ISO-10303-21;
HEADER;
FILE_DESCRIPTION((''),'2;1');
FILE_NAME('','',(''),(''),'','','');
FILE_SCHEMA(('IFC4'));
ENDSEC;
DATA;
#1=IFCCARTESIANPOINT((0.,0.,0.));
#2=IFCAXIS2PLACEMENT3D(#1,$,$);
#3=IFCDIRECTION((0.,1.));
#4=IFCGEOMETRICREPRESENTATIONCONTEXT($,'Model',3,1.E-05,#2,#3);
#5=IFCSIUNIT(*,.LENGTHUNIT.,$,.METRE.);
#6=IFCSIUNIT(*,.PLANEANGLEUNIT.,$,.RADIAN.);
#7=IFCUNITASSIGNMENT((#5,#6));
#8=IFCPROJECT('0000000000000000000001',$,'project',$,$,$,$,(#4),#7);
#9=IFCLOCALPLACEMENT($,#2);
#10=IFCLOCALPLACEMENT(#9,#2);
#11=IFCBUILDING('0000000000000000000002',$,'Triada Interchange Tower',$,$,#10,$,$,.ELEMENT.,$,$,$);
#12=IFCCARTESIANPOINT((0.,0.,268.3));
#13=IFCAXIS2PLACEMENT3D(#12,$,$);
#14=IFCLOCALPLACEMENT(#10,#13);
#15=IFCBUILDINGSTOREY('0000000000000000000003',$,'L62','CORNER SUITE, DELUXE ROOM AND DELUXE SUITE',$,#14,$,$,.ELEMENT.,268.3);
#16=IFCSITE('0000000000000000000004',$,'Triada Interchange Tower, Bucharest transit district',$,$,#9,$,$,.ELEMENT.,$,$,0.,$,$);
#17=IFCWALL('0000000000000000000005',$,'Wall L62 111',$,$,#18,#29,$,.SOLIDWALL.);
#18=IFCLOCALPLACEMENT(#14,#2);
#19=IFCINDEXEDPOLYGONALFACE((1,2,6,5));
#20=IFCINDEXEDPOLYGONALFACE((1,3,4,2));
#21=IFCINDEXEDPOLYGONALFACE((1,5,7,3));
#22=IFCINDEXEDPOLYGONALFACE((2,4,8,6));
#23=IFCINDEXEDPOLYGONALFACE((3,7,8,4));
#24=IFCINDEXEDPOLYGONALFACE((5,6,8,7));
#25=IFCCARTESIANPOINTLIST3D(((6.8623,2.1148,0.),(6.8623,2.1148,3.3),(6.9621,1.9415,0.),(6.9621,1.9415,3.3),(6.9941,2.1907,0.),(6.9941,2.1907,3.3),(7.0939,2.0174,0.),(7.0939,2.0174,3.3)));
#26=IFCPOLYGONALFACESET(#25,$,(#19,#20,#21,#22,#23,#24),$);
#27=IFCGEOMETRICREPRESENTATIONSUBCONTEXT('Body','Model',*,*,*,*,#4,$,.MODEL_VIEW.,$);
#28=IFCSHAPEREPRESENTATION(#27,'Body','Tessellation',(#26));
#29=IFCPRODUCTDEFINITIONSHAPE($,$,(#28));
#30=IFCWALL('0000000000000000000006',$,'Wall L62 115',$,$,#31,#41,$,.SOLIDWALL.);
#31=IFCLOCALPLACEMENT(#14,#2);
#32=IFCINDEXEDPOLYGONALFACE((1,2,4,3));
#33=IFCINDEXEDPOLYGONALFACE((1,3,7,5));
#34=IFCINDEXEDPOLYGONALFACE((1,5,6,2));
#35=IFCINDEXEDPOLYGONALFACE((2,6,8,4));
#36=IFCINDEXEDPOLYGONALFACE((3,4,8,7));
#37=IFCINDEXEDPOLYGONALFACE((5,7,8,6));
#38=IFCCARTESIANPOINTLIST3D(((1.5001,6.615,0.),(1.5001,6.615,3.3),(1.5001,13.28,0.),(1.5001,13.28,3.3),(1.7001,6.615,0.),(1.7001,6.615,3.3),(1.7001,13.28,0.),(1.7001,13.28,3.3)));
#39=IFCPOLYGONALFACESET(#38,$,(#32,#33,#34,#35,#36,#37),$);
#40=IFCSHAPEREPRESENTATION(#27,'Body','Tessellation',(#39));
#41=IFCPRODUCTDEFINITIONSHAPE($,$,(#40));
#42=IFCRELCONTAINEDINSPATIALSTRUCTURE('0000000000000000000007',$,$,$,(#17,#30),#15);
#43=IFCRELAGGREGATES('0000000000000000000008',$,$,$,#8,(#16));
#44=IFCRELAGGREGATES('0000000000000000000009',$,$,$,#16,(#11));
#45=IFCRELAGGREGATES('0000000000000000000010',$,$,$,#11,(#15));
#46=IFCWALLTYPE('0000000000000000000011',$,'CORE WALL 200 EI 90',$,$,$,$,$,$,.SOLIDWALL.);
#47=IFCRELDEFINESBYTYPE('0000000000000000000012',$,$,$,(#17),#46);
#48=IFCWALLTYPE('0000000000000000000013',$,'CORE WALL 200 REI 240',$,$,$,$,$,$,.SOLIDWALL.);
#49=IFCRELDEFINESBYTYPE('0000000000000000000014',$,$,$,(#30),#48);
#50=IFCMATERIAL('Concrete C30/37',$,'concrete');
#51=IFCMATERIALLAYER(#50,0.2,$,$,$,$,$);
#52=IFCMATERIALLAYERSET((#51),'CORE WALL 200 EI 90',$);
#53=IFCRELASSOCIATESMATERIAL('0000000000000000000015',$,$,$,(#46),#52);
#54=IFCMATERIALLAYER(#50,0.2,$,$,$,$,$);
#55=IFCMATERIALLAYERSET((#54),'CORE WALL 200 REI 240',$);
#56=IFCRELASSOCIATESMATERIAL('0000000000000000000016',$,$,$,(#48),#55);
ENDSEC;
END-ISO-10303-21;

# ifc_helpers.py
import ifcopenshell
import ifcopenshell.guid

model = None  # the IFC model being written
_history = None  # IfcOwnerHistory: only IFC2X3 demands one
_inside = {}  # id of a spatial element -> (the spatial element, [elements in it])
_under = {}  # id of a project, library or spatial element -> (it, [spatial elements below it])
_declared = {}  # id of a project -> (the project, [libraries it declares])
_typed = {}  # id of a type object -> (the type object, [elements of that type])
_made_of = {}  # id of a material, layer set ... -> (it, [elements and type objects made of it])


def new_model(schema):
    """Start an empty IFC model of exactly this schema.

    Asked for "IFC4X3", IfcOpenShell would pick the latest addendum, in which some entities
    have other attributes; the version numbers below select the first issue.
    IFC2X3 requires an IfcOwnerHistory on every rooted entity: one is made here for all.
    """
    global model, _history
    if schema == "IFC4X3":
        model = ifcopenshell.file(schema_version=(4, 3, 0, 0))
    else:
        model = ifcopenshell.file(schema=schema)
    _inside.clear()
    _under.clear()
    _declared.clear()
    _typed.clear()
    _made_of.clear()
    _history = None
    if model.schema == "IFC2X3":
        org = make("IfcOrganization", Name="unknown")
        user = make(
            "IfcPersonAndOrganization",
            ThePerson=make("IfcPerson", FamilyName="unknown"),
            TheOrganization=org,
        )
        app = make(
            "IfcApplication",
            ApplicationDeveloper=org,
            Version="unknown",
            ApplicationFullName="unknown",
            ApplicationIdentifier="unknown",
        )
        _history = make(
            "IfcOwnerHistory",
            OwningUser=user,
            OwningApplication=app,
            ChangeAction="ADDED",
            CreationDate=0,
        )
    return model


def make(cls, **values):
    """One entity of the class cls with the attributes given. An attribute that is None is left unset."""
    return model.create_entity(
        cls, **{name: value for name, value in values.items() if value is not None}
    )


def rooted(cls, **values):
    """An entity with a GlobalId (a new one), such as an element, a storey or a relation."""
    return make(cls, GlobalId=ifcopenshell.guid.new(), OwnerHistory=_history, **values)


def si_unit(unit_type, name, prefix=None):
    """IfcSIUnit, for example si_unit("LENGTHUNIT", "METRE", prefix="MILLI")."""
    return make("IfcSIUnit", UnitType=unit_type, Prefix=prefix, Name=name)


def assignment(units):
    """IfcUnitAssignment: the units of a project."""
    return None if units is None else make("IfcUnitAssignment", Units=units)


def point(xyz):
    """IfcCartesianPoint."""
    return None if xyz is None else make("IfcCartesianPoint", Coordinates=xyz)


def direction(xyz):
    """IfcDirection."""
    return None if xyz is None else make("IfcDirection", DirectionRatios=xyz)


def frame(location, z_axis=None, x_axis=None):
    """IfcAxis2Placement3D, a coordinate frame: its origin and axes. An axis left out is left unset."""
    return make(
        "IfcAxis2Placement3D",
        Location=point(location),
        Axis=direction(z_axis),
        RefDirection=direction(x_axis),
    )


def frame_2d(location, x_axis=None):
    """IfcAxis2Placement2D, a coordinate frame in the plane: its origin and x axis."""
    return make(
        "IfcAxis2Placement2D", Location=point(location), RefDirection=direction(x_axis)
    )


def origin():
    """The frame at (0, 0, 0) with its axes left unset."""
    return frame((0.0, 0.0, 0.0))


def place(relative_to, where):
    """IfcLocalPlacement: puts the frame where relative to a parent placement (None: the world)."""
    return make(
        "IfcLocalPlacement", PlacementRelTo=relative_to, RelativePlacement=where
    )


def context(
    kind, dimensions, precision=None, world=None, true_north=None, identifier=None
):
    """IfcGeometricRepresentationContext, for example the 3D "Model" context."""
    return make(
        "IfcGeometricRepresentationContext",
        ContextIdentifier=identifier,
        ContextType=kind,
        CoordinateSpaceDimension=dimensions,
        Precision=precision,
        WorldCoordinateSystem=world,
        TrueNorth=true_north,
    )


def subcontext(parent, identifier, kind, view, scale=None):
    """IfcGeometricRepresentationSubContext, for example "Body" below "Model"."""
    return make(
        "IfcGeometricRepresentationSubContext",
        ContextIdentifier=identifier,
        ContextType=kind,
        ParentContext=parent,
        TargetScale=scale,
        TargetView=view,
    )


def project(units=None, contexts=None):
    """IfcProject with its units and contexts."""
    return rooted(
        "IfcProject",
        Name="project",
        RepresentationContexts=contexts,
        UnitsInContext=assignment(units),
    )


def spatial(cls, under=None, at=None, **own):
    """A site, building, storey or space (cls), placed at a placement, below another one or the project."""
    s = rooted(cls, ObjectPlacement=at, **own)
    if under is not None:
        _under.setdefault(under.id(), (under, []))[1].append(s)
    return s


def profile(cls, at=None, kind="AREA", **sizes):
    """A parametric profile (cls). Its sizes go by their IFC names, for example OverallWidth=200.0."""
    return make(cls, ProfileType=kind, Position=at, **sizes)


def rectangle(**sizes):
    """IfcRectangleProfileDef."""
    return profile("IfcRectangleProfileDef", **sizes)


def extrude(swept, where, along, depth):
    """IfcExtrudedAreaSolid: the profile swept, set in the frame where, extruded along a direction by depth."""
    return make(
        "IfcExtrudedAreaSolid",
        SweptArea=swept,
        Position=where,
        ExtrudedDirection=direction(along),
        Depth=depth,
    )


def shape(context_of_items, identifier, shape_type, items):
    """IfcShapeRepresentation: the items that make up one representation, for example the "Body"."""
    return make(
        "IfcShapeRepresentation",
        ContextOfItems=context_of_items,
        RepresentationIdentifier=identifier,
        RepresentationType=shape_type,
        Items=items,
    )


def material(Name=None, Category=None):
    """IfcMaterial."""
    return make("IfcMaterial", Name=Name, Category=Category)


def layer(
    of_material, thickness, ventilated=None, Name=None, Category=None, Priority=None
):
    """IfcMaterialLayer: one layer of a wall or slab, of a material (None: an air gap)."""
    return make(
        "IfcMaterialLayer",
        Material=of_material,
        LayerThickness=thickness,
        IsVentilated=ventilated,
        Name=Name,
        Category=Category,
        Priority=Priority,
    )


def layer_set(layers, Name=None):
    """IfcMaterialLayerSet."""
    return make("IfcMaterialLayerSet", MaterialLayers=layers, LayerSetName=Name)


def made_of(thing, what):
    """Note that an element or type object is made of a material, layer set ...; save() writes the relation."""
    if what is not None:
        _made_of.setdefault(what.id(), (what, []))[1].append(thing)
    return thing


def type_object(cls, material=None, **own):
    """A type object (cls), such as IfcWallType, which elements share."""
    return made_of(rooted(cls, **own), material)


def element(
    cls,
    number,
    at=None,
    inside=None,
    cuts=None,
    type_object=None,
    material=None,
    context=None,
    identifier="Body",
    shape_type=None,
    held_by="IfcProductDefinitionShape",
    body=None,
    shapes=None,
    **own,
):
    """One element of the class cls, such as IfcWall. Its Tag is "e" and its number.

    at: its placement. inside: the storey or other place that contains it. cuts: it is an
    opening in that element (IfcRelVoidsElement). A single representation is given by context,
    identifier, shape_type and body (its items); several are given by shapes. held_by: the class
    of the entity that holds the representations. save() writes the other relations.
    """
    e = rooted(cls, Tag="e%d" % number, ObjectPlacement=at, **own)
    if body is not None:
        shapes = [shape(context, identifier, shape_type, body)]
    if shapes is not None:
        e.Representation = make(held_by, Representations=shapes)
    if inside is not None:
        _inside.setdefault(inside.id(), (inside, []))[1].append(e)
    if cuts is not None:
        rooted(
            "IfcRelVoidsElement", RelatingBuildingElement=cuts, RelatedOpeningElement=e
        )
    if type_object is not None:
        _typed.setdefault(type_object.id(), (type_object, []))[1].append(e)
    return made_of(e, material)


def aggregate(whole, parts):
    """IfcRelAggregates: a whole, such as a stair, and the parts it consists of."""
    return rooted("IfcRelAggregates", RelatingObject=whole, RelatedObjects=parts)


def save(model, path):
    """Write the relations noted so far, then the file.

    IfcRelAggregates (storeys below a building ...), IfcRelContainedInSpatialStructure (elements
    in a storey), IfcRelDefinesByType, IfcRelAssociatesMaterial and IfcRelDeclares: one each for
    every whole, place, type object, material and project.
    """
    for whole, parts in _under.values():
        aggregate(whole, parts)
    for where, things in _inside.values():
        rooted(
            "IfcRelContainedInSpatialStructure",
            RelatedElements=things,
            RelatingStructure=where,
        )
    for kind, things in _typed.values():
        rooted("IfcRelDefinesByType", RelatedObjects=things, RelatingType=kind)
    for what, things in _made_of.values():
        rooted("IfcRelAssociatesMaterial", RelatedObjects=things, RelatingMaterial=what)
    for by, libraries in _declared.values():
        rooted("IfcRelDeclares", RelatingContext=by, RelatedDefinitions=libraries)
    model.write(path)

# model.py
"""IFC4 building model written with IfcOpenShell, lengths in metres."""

from ifc_helpers import new_model, si_unit, direction, frame, frame_2d, origin, place, context, subcontext, project, spatial, rectangle, extrude, material, layer, layer_set, type_object, element, save


model = new_model("IFC4")

# Units and contexts
model_context = context("Model", 3, precision=1e-05, world=origin(), true_north=direction((0.0, 1.0)))
body_context = subcontext(model_context, "Body", "Model", "MODEL_VIEW")
ifc_project = project(units=[si_unit("LENGTHUNIT", "METRE"), si_unit("PLANEANGLEUNIT", "RADIAN")], contexts=[model_context])

# Site, building, storey
site_placement = place(None, origin())
site = spatial("IfcSite", under=ifc_project, at=site_placement, Name="Triada Interchange Tower, Bucharest transit district", CompositionType="ELEMENT", RefElevation=0.0)
building_placement = place(site_placement, origin())
building = spatial("IfcBuilding", under=site, at=building_placement, Name="Triada Interchange Tower", CompositionType="ELEMENT")
storey_placement = place(building_placement, frame((0.0, 0.0, 268.3)))
storey = spatial("IfcBuildingStorey", under=building, at=storey_placement, Name="L62", Description="CORNER SUITE, DELUXE ROOM AND DELUXE SUITE", CompositionType="ELEMENT", Elevation=268.3)

# Shared definitions
ifc_material_1 = material(Name="Concrete C30/37", Category="concrete")

# Walls
ifc_layer_1 = layer(ifc_material_1, 0.2)
ifc_layer_set_1 = layer_set([ifc_layer_1], Name="CORE WALL 200 EI 90")
wall_type_1 = type_object("IfcWallType", Name="CORE WALL 200 EI 90", PredefinedType="SOLIDWALL", material=ifc_layer_set_1)
wall_1_placement = place(storey_placement, frame((6.9121, 2.0281, 0.0), z_axis=(0.0, 0.0, 1.0), x_axis=(0.866559, 0.499074, 0.0)))
element("IfcWall", 1, at=wall_1_placement, inside=storey, type_object=wall_type_1, Name="Wall L62 111", PredefinedType="SOLIDWALL", context=body_context, shape_type="SweptSolid", body=[
    extrude(rectangle(XDim=0.1521, YDim=0.2, at=frame_2d((0.0762, 0.0))), origin(), (0.0, 0.0, 1.0), 3.3),
])
ifc_layer_2 = layer(ifc_material_1, 0.2)
ifc_layer_set_2 = layer_set([ifc_layer_2], Name="CORE WALL 200 REI 240")
wall_type_2 = type_object("IfcWallType", Name="CORE WALL 200 REI 240", PredefinedType="SOLIDWALL", material=ifc_layer_set_2)
wall_2_placement = place(storey_placement, frame((1.6001, 6.615, 0.0), z_axis=(0.0, 0.0, 1.0), x_axis=(0.0, 1.0, 0.0)))
element("IfcWall", 2, at=wall_2_placement, inside=storey, type_object=wall_type_2, Name="Wall L62 115", PredefinedType="SOLIDWALL", context=body_context, shape_type="SweptSolid", body=[
    extrude(rectangle(XDim=6.665, YDim=0.2, at=frame_2d((3.3325, 0.0))), origin(), (0.0, 0.0, 1.0), 3.3),
])

save(model, "model.ifc")
